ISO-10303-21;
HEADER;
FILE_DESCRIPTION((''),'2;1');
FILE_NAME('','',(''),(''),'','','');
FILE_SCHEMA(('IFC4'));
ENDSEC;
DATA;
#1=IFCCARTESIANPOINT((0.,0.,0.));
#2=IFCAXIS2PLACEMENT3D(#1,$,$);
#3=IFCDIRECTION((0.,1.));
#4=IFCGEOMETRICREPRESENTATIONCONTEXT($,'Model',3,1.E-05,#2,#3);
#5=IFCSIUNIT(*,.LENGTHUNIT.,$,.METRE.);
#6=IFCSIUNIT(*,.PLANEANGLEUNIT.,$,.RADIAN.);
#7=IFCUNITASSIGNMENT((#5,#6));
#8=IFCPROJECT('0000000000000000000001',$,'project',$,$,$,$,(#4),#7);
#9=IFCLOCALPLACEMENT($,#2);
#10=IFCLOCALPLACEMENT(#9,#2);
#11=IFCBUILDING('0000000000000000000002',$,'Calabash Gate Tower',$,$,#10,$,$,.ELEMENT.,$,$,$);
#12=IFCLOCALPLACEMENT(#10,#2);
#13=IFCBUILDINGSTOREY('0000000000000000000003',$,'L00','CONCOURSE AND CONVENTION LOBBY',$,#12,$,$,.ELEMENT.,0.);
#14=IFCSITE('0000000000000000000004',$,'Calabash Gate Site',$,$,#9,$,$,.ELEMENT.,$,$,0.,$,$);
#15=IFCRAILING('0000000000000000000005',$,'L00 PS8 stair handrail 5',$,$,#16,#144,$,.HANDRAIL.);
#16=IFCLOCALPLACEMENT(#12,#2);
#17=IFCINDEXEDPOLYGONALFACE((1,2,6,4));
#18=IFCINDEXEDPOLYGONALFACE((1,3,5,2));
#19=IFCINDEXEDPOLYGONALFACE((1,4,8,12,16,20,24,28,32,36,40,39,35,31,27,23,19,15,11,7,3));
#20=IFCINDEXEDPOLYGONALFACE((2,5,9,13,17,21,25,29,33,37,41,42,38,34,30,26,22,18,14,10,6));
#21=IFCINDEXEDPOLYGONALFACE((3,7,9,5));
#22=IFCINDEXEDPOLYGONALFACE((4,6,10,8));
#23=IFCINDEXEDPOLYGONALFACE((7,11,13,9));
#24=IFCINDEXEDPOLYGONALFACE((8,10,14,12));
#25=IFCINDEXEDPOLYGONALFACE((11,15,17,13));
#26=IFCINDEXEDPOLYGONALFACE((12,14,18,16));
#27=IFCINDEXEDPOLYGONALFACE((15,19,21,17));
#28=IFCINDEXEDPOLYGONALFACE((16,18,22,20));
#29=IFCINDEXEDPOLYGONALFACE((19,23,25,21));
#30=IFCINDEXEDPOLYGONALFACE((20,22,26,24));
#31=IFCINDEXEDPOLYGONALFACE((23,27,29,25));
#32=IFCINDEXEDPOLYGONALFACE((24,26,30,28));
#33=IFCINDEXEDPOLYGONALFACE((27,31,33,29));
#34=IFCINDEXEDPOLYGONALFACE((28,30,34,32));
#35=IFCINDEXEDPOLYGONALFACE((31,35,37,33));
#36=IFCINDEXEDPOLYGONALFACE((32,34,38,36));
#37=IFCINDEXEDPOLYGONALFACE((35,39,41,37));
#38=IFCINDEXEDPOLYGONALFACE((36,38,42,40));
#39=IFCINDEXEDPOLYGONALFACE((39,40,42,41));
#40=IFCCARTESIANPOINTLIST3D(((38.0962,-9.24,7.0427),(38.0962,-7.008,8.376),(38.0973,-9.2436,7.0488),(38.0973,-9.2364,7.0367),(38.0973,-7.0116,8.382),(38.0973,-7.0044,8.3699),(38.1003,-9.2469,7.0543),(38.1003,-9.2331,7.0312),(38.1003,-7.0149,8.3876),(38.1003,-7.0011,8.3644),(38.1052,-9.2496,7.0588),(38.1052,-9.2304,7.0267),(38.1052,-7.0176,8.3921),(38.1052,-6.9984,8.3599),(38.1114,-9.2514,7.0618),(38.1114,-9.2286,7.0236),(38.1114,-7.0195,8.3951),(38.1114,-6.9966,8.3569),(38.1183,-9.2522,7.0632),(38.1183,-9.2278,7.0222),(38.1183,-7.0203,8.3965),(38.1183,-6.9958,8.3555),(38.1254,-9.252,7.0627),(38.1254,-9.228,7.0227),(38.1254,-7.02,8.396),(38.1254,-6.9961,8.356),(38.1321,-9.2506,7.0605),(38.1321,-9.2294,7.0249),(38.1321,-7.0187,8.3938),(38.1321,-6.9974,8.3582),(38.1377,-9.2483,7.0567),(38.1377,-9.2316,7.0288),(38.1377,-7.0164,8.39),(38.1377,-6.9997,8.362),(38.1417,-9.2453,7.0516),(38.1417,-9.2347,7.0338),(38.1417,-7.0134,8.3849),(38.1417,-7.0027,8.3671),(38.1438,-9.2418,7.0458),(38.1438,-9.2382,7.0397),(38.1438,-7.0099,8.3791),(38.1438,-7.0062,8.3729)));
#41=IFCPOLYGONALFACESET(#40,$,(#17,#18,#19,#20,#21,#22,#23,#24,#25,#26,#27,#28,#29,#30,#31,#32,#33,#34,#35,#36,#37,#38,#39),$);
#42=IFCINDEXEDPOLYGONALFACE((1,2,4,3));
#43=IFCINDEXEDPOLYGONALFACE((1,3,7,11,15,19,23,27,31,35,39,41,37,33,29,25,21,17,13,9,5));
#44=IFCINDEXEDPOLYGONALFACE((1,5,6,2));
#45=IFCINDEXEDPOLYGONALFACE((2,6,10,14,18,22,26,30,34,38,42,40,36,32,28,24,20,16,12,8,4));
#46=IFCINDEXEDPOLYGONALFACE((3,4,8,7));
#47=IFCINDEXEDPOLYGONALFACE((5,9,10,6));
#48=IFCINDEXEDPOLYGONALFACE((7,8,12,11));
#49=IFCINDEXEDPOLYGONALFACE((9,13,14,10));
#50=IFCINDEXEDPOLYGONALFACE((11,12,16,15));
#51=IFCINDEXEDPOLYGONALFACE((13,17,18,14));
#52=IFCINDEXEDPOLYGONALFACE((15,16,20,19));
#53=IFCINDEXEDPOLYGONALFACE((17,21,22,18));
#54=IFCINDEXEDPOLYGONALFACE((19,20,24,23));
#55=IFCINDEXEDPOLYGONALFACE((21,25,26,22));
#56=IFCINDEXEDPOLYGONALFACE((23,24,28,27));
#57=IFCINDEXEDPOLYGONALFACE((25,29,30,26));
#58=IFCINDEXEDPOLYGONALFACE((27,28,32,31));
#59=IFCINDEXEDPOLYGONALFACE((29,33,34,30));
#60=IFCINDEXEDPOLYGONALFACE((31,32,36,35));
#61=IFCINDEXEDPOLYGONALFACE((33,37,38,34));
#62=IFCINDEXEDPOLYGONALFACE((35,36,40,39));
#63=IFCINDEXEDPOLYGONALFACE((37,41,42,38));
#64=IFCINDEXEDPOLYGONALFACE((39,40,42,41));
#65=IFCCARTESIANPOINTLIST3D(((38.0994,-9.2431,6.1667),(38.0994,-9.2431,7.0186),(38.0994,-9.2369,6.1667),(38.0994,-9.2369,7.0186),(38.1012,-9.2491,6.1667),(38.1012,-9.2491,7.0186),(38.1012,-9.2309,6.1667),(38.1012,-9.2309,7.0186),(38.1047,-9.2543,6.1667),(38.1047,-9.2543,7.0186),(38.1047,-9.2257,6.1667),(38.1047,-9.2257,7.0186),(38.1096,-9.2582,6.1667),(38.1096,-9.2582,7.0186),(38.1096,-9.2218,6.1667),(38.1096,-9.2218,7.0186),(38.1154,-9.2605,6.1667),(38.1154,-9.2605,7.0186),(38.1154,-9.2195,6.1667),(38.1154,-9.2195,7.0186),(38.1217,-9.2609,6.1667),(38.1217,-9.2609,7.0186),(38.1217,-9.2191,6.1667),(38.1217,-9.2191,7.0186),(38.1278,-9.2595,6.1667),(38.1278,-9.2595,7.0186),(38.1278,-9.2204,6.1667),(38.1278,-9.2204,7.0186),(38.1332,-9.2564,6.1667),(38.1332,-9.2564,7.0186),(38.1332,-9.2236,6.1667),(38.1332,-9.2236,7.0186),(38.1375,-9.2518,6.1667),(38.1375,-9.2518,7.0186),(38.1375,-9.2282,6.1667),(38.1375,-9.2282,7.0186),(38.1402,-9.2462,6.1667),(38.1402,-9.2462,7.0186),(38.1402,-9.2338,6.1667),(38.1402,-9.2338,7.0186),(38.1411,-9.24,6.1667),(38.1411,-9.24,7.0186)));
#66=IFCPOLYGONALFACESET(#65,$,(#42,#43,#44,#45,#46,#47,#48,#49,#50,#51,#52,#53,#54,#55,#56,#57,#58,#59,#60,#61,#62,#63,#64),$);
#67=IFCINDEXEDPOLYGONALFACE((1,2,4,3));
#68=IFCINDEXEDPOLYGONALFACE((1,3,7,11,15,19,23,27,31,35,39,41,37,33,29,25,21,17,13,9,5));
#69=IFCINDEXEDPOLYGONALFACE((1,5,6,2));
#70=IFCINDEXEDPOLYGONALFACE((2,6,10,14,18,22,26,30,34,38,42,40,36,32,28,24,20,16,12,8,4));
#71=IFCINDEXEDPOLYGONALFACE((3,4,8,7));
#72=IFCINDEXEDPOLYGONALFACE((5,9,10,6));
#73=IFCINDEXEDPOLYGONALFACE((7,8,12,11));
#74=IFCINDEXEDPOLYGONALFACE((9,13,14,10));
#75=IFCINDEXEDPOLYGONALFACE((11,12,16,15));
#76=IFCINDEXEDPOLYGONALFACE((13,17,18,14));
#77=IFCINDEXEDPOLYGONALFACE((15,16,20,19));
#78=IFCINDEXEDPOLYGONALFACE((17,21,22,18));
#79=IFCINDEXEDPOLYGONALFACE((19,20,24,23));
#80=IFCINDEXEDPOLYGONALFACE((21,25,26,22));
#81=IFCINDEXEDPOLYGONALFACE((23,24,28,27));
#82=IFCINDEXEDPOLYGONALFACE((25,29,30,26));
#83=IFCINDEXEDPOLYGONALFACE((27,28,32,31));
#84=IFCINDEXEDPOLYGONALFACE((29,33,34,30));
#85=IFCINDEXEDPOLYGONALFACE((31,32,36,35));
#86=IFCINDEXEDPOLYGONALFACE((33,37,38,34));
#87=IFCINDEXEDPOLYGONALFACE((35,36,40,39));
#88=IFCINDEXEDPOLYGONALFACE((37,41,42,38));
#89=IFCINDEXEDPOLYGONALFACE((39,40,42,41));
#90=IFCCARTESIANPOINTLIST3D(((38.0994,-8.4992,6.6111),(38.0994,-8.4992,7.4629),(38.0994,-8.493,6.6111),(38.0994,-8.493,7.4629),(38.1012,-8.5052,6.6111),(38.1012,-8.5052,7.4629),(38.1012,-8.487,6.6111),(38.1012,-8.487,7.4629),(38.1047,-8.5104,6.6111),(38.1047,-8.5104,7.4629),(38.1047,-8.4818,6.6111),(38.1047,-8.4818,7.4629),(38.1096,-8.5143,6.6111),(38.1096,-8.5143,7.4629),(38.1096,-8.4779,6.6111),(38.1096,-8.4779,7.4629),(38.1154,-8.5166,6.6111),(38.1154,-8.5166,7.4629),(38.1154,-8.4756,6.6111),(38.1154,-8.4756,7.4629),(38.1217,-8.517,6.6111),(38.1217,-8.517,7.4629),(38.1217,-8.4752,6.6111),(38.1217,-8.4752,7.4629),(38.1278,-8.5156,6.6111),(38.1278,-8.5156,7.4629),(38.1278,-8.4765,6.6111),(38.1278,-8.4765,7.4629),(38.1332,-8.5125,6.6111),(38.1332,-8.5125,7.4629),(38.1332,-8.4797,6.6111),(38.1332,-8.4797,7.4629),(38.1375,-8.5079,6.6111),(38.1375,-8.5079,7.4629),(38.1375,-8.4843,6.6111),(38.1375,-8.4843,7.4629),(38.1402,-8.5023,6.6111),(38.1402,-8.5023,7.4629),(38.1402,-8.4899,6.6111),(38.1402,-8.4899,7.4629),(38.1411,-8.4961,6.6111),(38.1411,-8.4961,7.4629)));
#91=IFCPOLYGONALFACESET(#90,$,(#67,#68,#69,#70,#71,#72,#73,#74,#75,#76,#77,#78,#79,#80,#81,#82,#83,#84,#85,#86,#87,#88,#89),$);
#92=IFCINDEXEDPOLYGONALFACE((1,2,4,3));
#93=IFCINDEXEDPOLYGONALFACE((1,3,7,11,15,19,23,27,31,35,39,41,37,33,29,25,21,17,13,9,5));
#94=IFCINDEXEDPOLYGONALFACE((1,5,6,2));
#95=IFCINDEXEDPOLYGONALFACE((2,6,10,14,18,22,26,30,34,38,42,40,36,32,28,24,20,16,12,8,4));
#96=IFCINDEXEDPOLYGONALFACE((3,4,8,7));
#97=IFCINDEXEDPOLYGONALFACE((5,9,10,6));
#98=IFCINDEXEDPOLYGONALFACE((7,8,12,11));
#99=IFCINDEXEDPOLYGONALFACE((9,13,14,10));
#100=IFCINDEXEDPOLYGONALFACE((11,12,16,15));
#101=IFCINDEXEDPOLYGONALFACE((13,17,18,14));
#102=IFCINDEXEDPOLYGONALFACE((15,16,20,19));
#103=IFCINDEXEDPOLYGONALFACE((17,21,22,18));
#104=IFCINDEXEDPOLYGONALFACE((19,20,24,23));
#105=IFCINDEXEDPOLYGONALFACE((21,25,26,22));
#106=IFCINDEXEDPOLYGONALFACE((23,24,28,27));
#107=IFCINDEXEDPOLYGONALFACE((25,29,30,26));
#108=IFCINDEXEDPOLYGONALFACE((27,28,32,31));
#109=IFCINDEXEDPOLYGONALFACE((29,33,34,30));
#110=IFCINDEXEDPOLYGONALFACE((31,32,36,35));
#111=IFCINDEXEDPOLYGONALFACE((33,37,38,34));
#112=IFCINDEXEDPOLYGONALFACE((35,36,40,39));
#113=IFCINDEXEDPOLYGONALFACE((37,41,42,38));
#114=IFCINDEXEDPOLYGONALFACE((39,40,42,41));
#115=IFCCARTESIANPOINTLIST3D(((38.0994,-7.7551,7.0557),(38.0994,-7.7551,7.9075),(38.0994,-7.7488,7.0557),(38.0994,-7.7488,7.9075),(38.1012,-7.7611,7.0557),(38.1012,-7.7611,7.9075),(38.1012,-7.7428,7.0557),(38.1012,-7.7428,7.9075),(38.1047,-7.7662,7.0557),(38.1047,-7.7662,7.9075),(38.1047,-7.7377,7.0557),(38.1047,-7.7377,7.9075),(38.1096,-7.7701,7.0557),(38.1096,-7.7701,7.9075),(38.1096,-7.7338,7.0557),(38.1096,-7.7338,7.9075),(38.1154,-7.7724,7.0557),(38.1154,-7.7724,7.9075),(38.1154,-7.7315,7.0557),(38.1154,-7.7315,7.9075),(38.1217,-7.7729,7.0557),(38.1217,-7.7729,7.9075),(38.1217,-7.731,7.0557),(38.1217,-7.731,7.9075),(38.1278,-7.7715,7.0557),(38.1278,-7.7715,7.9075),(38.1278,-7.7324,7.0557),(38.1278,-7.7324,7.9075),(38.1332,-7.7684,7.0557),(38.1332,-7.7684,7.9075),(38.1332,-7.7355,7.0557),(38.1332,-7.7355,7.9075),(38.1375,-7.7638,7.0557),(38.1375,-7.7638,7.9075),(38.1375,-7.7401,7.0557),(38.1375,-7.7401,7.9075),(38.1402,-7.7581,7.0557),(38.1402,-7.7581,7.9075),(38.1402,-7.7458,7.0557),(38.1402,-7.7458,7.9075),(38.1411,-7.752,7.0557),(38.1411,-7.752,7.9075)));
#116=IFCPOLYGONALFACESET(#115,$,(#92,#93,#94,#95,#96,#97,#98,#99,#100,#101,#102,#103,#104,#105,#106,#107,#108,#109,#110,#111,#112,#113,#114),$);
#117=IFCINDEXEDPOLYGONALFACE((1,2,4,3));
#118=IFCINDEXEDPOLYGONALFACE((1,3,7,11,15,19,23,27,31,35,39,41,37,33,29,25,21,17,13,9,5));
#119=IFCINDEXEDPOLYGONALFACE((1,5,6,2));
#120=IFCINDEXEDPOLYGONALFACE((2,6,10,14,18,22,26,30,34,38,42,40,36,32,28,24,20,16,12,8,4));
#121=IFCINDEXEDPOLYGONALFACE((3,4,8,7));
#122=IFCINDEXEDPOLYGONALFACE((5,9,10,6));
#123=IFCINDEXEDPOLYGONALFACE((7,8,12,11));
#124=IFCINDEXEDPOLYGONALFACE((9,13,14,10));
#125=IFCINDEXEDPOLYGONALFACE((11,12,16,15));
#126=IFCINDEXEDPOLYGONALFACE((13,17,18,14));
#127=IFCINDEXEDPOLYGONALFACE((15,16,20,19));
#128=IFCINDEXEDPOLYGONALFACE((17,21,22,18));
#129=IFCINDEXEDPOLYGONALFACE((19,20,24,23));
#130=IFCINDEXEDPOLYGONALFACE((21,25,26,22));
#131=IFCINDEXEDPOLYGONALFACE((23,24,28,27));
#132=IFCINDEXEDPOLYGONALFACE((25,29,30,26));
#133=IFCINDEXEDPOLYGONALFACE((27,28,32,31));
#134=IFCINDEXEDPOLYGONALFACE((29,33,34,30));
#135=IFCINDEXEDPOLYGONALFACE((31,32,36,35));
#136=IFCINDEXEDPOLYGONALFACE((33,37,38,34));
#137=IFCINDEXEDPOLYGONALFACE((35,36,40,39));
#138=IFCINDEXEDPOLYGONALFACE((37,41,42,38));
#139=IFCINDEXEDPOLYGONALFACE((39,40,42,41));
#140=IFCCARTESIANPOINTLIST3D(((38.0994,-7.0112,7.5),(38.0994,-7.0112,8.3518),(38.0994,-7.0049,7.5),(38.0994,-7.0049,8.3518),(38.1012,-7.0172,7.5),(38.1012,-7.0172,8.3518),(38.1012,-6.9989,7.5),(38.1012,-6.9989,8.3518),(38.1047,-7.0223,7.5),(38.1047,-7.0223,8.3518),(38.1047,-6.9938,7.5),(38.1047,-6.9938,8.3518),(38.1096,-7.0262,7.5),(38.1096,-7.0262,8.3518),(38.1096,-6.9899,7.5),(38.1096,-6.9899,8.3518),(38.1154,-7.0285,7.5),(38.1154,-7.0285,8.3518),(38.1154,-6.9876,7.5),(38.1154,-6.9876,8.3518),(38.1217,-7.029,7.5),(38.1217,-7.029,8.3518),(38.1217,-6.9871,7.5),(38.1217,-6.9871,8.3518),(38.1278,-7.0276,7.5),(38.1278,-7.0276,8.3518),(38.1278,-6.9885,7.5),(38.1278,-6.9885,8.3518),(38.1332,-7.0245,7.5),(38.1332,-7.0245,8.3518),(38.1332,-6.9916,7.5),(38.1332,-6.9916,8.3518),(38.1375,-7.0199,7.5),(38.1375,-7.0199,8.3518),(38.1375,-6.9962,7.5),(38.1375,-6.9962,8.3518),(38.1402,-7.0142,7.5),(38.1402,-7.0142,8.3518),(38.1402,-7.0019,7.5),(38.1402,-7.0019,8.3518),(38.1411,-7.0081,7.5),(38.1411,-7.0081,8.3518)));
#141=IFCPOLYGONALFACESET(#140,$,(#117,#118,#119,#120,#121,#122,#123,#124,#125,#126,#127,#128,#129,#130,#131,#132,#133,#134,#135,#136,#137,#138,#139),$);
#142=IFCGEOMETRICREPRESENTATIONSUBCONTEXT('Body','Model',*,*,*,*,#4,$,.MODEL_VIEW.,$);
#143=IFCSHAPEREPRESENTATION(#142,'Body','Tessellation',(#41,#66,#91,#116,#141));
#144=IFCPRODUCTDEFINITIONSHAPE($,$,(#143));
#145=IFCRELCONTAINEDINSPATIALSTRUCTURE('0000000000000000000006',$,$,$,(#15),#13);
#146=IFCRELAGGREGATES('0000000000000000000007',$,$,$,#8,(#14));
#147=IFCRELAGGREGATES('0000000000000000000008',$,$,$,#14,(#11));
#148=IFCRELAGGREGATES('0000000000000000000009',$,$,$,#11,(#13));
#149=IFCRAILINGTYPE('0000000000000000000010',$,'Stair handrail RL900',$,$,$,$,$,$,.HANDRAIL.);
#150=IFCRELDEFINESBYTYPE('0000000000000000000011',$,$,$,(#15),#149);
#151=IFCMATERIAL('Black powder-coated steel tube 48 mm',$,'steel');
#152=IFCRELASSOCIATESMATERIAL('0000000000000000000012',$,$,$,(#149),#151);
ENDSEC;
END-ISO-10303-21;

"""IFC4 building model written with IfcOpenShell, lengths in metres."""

from ifc_helpers import new_model, si_unit, direction, frame, origin, origin_2d, place, context, subcontext, project, spatial, circle, extrude, material, type_object, element, save


model = new_model("IFC4")

# Units and contexts
model_context = context("Model", 3, precision=1e-05, world=origin(), true_north=direction((0.0, 1.0)))
body_context = subcontext(model_context, "Body", "Model", "MODEL_VIEW")
ifc_project = project(units=[si_unit("LENGTHUNIT", "METRE"), si_unit("PLANEANGLEUNIT", "RADIAN")], contexts=[model_context])

# Site, building, storey
site_placement = place(None, origin())
site = spatial("IfcSite", under=ifc_project, at=site_placement, Name="Calabash Gate Site", CompositionType="ELEMENT", RefElevation=0.0)
building_placement = place(site_placement, origin())
building = spatial("IfcBuilding", under=site, at=building_placement, Name="Calabash Gate Tower", CompositionType="ELEMENT")
storey_placement = place(building_placement, origin())
storey = spatial("IfcBuildingStorey", under=building, at=storey_placement, Name="L00", Description="CONCOURSE AND CONVENTION LOBBY", CompositionType="ELEMENT", Elevation=0.0)

# Railing
ifc_material_1 = material(Name="Black powder-coated steel tube 48 mm", Category="steel")
railing_type = type_object("IfcRailingType", Name="Stair handrail RL900", PredefinedType="HANDRAIL", material=ifc_material_1)
for number, where, name in (
    (1, (38.1201, -9.24, 6.1667), "L00 PS8 stair handrail 5"),
):
    element("IfcRailing", number, at=place(storey_placement, frame(where)), inside=storey, type_object=railing_type, Name=name, PredefinedType="HANDRAIL", context=body_context, shape_type="SweptSolid", body=[
        extrude(circle(Radius=0.0239, at=origin_2d()), frame((0.0, 0.0, 0.876), z_axis=(0.0, 0.858494, 0.512824), x_axis=(-1.0, 0.0, 0.0)), (0.0, 0.0, 1.0), 2.5999),
        extrude(circle(Radius=0.021, at=origin_2d()), origin(), (0.0, 0.0, 1.0), 0.8518),
        extrude(circle(Radius=0.021, at=origin_2d()), frame((0.0, 0.7439, 0.4443)), (0.0, 0.0, 1.0), 0.8518),
        extrude(circle(Radius=0.021, at=origin_2d()), frame((0.0, 1.488, 0.8889)), (0.0, 0.0, 1.0), 0.8518),
        extrude(circle(Radius=0.021, at=origin_2d()), frame((0.0, 2.2319, 1.3333)), (0.0, 0.0, 1.0), 0.8518),
    ])

save(model, "model.ifc")
